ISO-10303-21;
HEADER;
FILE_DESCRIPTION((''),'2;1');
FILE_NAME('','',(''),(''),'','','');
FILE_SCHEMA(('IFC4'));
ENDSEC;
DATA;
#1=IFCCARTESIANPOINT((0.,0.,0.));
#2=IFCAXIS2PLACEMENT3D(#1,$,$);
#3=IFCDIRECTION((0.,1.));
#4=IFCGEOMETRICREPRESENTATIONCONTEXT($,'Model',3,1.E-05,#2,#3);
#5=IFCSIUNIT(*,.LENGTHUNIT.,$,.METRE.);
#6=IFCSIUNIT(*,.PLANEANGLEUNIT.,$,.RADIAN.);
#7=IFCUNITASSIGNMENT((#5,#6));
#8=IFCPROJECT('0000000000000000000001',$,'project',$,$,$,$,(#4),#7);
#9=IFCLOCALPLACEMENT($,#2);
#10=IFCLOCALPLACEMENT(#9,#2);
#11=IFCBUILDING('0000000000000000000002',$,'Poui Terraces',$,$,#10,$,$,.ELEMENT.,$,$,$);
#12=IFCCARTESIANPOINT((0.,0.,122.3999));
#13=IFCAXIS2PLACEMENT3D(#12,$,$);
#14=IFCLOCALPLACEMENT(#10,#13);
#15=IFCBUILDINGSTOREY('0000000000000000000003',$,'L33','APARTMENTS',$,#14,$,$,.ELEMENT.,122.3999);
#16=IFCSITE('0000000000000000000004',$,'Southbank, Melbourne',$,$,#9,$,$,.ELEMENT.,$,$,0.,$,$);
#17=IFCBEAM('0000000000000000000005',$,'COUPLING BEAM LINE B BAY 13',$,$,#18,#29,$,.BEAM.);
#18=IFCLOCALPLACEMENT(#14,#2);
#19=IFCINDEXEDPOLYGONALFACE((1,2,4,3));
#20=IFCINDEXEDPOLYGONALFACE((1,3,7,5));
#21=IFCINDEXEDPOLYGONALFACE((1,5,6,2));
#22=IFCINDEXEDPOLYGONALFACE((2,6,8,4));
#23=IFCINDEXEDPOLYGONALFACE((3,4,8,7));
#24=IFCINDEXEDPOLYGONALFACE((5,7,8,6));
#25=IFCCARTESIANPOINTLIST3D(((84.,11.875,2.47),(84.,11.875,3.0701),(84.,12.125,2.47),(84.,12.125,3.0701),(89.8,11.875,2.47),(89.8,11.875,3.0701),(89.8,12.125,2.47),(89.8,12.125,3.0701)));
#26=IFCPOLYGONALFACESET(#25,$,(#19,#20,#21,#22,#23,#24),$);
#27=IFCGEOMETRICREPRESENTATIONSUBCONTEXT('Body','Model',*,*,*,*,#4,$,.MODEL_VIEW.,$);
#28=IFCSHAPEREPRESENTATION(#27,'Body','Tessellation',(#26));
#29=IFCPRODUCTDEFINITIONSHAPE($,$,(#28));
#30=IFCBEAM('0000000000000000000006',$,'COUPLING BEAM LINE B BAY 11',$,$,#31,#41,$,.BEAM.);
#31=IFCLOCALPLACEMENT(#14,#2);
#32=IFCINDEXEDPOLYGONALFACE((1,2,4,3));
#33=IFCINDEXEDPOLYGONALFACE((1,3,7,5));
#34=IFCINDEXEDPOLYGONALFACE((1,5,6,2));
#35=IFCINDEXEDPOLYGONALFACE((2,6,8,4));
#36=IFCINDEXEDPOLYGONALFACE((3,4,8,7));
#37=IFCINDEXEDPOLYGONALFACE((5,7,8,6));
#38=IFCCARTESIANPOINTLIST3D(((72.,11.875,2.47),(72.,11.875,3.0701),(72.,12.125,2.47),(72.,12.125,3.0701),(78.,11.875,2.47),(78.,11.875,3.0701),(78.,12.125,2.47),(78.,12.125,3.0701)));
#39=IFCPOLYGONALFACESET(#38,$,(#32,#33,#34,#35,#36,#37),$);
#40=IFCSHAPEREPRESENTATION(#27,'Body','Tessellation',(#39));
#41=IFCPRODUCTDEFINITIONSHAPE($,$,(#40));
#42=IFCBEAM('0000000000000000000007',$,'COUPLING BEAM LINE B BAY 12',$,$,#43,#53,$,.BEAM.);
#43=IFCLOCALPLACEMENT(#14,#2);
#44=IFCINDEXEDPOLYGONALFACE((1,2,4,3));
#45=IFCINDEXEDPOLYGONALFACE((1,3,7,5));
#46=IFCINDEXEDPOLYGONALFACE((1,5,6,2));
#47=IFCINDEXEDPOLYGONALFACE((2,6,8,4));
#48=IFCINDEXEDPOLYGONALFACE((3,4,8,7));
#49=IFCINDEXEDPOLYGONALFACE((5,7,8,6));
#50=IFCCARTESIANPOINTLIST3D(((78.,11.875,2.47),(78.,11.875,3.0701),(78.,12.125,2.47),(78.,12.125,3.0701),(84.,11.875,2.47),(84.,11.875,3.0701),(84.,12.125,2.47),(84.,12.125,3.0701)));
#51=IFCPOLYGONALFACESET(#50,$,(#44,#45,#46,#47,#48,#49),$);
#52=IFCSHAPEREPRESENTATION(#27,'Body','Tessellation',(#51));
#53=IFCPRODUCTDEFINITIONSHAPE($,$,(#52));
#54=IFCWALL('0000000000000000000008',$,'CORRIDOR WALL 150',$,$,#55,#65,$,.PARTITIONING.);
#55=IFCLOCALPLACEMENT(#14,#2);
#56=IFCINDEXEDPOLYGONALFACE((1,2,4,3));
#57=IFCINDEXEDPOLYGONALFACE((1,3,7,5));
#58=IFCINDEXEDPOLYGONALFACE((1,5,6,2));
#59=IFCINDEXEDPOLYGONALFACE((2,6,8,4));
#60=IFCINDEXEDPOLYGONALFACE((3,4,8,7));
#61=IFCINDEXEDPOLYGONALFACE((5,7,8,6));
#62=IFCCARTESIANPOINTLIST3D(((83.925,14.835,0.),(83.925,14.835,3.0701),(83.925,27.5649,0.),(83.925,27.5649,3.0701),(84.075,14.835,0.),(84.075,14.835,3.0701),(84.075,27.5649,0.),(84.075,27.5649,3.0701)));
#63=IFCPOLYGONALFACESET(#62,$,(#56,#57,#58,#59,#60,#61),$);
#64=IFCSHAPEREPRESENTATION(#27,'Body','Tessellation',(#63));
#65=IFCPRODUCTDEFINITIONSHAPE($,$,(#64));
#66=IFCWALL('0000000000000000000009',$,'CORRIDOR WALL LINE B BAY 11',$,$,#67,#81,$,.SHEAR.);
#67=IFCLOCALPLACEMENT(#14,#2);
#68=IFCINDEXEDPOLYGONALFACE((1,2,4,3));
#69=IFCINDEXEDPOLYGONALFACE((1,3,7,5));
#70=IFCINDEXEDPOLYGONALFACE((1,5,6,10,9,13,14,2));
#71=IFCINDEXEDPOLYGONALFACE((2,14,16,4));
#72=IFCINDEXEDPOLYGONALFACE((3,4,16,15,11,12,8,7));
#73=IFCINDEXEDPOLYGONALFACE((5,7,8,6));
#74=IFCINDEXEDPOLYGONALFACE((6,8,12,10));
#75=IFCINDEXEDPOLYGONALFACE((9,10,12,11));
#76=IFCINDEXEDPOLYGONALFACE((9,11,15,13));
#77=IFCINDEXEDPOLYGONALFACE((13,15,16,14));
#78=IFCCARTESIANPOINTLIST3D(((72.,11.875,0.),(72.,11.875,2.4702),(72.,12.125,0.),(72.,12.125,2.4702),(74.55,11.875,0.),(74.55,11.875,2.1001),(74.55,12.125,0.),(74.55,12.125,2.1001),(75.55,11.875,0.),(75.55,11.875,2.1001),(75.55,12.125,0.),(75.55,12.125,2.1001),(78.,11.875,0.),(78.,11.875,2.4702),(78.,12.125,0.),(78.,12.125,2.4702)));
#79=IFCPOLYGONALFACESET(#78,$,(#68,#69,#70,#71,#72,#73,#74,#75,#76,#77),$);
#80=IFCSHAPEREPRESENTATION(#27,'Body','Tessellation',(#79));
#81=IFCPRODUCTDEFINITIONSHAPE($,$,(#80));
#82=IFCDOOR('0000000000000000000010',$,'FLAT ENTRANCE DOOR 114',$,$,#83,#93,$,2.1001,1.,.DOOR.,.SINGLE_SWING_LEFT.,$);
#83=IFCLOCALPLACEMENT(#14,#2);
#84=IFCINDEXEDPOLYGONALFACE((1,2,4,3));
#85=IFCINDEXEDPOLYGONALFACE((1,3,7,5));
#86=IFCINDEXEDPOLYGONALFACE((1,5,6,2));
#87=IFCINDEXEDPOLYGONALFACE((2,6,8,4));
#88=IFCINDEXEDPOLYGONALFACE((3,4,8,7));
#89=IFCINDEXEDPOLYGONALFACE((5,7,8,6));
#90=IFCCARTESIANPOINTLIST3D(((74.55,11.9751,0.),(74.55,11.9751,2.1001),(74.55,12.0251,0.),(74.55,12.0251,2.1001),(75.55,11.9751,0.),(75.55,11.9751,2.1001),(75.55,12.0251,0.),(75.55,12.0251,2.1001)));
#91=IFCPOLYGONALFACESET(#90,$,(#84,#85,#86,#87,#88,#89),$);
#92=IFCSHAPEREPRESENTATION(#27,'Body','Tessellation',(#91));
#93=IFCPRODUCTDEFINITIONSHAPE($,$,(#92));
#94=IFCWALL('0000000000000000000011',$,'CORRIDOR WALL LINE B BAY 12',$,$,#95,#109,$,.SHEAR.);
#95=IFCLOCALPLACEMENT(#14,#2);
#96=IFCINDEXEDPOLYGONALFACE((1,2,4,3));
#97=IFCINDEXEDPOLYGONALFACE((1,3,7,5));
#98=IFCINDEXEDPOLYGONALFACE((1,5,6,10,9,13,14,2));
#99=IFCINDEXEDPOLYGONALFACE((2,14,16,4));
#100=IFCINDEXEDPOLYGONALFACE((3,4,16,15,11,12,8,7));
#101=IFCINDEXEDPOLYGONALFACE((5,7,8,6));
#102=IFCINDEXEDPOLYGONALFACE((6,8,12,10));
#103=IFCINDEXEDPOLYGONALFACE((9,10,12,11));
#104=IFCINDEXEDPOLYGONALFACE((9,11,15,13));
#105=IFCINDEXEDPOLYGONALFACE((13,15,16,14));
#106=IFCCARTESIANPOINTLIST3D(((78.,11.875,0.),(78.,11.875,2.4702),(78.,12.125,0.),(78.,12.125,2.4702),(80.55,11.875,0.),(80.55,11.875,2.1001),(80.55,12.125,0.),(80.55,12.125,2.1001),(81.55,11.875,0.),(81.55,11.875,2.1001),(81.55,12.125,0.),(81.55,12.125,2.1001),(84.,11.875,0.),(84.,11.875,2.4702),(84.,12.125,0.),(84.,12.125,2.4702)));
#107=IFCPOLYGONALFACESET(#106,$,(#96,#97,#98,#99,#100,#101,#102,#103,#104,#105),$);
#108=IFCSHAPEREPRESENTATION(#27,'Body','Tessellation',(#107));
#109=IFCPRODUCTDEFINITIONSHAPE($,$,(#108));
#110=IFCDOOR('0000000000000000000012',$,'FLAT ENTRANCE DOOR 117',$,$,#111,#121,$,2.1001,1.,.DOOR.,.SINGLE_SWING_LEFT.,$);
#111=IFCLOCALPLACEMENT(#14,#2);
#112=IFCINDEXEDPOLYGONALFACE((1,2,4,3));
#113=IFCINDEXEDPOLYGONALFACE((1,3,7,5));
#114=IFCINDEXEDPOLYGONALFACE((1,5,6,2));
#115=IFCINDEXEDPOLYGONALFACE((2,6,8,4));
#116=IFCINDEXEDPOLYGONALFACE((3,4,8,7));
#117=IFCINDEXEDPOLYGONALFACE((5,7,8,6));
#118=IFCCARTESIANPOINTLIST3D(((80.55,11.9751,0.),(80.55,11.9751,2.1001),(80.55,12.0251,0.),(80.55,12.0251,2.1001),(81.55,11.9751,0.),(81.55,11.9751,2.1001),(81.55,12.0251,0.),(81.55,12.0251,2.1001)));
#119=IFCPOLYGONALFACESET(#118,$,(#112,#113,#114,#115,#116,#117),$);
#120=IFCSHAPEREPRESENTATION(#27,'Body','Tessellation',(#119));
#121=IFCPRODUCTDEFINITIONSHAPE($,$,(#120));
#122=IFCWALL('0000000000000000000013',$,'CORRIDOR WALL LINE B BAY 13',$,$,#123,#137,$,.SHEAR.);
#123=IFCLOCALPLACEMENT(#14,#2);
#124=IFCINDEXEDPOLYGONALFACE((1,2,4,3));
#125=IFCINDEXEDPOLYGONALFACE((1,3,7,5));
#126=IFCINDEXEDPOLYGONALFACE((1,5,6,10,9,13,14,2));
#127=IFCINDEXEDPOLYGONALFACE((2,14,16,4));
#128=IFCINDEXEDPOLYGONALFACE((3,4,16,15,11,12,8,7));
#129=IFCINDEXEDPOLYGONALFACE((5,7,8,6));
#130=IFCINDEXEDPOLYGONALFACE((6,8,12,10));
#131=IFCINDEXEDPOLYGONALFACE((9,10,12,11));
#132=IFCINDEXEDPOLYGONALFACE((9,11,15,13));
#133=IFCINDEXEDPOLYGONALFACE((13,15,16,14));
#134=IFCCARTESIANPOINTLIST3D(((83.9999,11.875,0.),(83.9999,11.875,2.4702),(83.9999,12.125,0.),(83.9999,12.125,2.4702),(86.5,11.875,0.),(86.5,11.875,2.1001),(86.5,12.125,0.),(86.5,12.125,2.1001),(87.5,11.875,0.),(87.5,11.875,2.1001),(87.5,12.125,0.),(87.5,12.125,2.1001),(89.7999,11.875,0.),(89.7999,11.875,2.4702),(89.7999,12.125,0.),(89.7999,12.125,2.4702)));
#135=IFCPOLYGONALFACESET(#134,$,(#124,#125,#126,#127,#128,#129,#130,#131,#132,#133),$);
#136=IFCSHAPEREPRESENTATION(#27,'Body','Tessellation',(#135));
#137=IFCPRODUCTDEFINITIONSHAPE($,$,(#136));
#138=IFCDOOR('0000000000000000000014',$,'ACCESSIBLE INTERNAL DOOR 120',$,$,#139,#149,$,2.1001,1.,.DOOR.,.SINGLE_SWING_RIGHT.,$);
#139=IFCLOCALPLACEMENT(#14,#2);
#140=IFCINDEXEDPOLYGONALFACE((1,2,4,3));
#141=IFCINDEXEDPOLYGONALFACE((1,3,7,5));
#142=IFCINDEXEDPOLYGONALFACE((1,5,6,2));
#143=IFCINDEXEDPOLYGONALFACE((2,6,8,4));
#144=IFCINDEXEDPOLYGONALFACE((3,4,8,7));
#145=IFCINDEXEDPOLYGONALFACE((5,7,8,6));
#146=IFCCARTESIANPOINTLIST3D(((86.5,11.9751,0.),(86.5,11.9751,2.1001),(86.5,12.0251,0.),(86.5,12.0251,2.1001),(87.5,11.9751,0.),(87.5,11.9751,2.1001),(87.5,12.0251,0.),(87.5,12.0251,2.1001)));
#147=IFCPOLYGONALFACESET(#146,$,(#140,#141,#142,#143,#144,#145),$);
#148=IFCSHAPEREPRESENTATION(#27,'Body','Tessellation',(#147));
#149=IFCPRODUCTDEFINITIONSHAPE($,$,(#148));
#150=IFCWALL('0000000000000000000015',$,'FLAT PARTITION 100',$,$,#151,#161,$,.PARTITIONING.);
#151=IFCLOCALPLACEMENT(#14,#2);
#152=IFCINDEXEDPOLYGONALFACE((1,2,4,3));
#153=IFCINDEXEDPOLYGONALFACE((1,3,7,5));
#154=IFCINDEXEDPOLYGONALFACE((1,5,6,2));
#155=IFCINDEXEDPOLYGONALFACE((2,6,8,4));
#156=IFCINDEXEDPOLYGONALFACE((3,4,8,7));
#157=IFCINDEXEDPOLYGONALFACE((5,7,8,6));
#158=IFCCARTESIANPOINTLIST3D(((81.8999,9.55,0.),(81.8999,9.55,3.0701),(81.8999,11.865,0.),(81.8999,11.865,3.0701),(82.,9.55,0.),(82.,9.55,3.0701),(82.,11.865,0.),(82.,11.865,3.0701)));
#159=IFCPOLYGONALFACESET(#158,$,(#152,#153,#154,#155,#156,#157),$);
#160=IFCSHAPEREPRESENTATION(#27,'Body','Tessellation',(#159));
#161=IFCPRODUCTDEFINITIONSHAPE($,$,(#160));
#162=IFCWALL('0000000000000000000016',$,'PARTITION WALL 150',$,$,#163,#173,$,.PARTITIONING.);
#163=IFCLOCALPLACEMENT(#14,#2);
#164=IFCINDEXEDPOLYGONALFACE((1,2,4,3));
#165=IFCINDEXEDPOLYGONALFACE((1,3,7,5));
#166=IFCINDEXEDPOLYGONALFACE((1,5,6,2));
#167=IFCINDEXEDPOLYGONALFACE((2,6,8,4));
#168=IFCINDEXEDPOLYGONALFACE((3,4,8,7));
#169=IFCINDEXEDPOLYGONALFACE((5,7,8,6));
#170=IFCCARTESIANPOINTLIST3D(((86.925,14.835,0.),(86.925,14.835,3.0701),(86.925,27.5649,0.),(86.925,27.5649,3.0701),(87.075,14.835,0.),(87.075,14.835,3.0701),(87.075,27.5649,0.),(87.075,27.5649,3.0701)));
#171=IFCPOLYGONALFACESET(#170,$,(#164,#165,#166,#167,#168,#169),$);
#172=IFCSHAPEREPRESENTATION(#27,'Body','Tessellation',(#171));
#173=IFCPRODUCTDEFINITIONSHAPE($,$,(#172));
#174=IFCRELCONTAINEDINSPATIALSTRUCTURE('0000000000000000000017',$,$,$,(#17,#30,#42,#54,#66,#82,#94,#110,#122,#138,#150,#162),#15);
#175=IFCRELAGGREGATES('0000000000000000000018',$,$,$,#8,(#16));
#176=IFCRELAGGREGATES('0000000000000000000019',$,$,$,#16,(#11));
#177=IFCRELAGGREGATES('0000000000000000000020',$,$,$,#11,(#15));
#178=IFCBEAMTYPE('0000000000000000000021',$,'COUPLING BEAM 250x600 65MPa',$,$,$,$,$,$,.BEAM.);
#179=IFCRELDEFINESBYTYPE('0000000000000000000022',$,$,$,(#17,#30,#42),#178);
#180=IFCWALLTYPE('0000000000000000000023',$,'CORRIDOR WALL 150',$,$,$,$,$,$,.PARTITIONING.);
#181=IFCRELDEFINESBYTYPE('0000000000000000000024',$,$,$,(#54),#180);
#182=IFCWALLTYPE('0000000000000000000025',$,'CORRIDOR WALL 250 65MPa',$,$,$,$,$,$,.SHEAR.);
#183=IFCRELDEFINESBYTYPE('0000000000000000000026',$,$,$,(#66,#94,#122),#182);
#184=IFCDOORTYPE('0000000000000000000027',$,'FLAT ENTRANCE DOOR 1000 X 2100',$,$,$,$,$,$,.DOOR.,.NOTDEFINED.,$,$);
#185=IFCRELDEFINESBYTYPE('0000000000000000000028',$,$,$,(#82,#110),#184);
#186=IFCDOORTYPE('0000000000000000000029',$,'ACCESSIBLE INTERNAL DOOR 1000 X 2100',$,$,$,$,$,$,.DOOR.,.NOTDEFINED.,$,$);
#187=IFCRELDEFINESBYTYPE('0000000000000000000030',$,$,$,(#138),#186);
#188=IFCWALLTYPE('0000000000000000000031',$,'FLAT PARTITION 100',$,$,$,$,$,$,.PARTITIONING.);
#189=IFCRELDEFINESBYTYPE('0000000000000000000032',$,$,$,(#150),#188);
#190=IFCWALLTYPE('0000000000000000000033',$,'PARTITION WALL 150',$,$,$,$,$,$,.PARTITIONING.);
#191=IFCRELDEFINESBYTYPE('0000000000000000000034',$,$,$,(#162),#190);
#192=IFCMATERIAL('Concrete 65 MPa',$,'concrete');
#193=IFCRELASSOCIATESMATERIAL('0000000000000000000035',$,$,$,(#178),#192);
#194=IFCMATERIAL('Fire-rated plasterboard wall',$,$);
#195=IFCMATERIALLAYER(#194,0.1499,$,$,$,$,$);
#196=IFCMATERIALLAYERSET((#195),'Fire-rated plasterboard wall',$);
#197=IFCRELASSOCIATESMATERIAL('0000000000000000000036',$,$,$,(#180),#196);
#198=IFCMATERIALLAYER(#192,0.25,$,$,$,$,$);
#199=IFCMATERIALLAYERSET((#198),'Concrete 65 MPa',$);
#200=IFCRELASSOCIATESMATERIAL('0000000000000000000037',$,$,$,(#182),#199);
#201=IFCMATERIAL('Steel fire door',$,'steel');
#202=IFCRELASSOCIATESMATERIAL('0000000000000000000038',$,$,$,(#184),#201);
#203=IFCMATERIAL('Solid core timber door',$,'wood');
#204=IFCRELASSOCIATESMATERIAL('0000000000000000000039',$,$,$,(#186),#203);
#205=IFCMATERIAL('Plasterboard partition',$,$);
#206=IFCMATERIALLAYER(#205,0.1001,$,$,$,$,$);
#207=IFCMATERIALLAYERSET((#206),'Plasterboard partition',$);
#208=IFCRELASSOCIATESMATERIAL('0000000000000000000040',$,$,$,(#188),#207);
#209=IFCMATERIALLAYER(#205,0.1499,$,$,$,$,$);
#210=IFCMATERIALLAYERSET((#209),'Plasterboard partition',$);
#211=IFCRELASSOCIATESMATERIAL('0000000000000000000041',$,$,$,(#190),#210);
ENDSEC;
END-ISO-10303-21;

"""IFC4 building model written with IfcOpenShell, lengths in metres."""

from ifc_helpers import new_model, si_unit, direction, frame, frame_2d, origin, origin_2d, place, context, subcontext, project, spatial, rectangle, extrude, source, transform, mapped, material, layer, layer_set, material_profile, profile_set, type_object, element, fill, save


model = new_model("IFC4")

# Units and contexts
model_context = context("Model", 3, precision=1e-05, world=origin(), true_north=direction((0.0, 1.0)))
body_context = subcontext(model_context, "Body", "Model", "MODEL_VIEW")
ifc_project = project(units=[si_unit("LENGTHUNIT", "METRE"), si_unit("PLANEANGLEUNIT", "RADIAN")], contexts=[model_context])

# Site, building, storey
site_placement = place(None, origin())
site = spatial("IfcSite", under=ifc_project, at=site_placement, Name="Southbank, Melbourne", CompositionType="ELEMENT", RefElevation=0.0)
building_placement = place(site_placement, origin())
building = spatial("IfcBuilding", under=site, at=building_placement, Name="Poui Terraces", CompositionType="ELEMENT")
storey_placement = place(building_placement, frame((0.0, 0.0, 122.3999)))
storey = spatial("IfcBuildingStorey", under=building, at=storey_placement, Name="L33", Description="APARTMENTS", CompositionType="ELEMENT", Elevation=122.3999)

# Beams
ifc_material_1 = material(Name="Concrete 65 MPa", Category="concrete")
ifc_material_profile = material_profile(ifc_material_1, rectangle(XDim=0.25, YDim=0.6001, at=origin_2d()), Name="RC 250x600")
ifc_profile_set = profile_set([ifc_material_profile], Name="Concrete 65 MPa")
beam_type = type_object("IfcBeamType", Name="COUPLING BEAM 250x600 65MPa", PredefinedType="BEAM", material=ifc_profile_set)
shared_shape_1 = source(origin(), body_context, "Body", "SweptSolid", [
    extrude(rectangle(XDim=0.25, YDim=0.6001, at=origin_2d()), origin(), (0.0, 0.0, 1.0), 5.8),
])
beam_placement = place(storey_placement, frame((84.0, 12.0, 2.77), z_axis=(1.0, 0.0, 0.0), x_axis=(0.0, 1.0, 0.0)))
element("IfcBeam", 1, at=beam_placement, inside=storey, type_object=beam_type, Name="COUPLING BEAM LINE B BAY 13", PredefinedType="BEAM", context=body_context, shape_type="MappedRepresentation", body=[
    mapped(shared_shape_1, transform((0.0, 0.0, 0.0))),
])
shared_shape_2 = source(origin(), body_context, "Body", "SweptSolid", [
    extrude(rectangle(XDim=0.25, YDim=0.6001, at=origin_2d()), origin(), (0.0, 0.0, 1.0), 6.0),
])
for number, where, z_axis, x_axis, name in (
    (2, (72.0, 12.0, 2.77), (1.0, 0.0, 0.0), (0.0, 1.0, 0.0), "COUPLING BEAM LINE B BAY 11"),
    (3, (78.0, 12.0, 2.77), (1.0, 0.0, 0.0), (0.0, 1.0, 0.0), "COUPLING BEAM LINE B BAY 12"),
):
    element("IfcBeam", number, at=place(storey_placement, frame(where, z_axis=z_axis, x_axis=x_axis)), inside=storey, type_object=beam_type, Name=name, PredefinedType="BEAM", context=body_context, shape_type="MappedRepresentation", body=[
        mapped(shared_shape_2, transform((0.0, 0.0, 0.0))),
    ])

# Wall
ifc_material_2 = material(Name="Fire-rated plasterboard wall")
ifc_layer_1 = layer(ifc_material_2, 0.1499)
ifc_layer_set_1 = layer_set([ifc_layer_1], Name="Fire-rated plasterboard wall")
wall_type_1 = type_object("IfcWallType", Name="CORRIDOR WALL 150", PredefinedType="PARTITIONING", material=ifc_layer_set_1)
wall_1_placement = place(storey_placement, frame((84.0, 14.835, 0.0), z_axis=(0.0, 0.0, 1.0), x_axis=(0.0, 1.0, 0.0)))
element("IfcWall", 4, at=wall_1_placement, inside=storey, type_object=wall_type_1, Name="CORRIDOR WALL 150", PredefinedType="PARTITIONING", context=body_context, shape_type="SweptSolid", body=[
    extrude(rectangle(XDim=12.73, YDim=0.1499, at=frame_2d((6.365, 0.0))), origin(), (0.0, 0.0, 1.0), 3.0701),
])

# Walls, openings, doors
ifc_layer_2 = layer(ifc_material_1, 0.25)
ifc_layer_set_2 = layer_set([ifc_layer_2], Name="Concrete 65 MPa")
wall_type_2 = type_object("IfcWallType", Name="CORRIDOR WALL 250 65MPa", PredefinedType="SHEAR", material=ifc_layer_set_2)
wall_2_placement = place(storey_placement, frame((72.0, 12.0, 0.0), z_axis=(0.0, 0.0, 1.0), x_axis=(1.0, 0.0, 0.0)))
wall_2 = element("IfcWall", 5, at=wall_2_placement, inside=storey, type_object=wall_type_2, Name="CORRIDOR WALL LINE B BAY 11", PredefinedType="SHEAR", context=body_context, shape_type="SweptSolid", body=[
    extrude(rectangle(XDim=6.0, YDim=0.25, at=frame_2d((3.0, 0.0))), origin(), (0.0, 0.0, 1.0), 2.4702),
])
opening_1_placement = place(wall_2_placement, frame((2.55, 0.0, 0.0)))
opening_1 = element("IfcOpeningElement", 6, at=opening_1_placement, cuts=wall_2, PredefinedType="OPENING", context=body_context, shape_type="SweptSolid", body=[
    extrude(rectangle(XDim=1.0, YDim=2.1001, at=frame_2d((0.5, 1.05))), frame((0.0, 0.135, 0.0), z_axis=(0.0, -1.0, 0.0), x_axis=(1.0, 0.0, 0.0)), (0.0, 0.0, 1.0), 0.27),
])
ifc_material_3 = material(Name="Steel fire door", Category="steel")
door_type_1 = type_object("IfcDoorType", Name="FLAT ENTRANCE DOOR 1000 X 2100", OperationType="NOTDEFINED", PredefinedType="DOOR", material=ifc_material_3)
door_1_placement = place(opening_1_placement, frame((1.0, 0.0, 0.0), z_axis=(0.0, 0.0, 1.0), x_axis=(-1.0, 0.0, 0.0)))
door_1 = element("IfcDoor", 7, at=door_1_placement, inside=storey, type_object=door_type_1, Name="FLAT ENTRANCE DOOR 114", OperationType="SINGLE_SWING_LEFT", OverallHeight=2.1001, OverallWidth=1.0, PredefinedType="DOOR", context=body_context, shape_type="SweptSolid", body=[
    extrude(rectangle(XDim=1.0, YDim=2.1001, at=frame_2d((0.5, 1.05))), frame((0.0, 0.0249, 0.0), z_axis=(0.0, -1.0, 0.0), x_axis=(1.0, 0.0, 0.0)), (0.0, 0.0, 1.0), 0.05),
])
fill(opening_1, door_1)
wall_3_placement = place(storey_placement, frame((78.0, 12.0, 0.0), z_axis=(0.0, 0.0, 1.0), x_axis=(1.0, 0.0, 0.0)))
wall_3 = element("IfcWall", 8, at=wall_3_placement, inside=storey, type_object=wall_type_2, Name="CORRIDOR WALL LINE B BAY 12", PredefinedType="SHEAR", context=body_context, shape_type="SweptSolid", body=[
    extrude(rectangle(XDim=6.0, YDim=0.25, at=frame_2d((3.0, 0.0))), origin(), (0.0, 0.0, 1.0), 2.4702),
])
opening_2_placement = place(wall_3_placement, frame((2.55, 0.0, 0.0)))
opening_2 = element("IfcOpeningElement", 9, at=opening_2_placement, cuts=wall_3, PredefinedType="OPENING", context=body_context, shape_type="SweptSolid", body=[
    extrude(rectangle(XDim=1.0, YDim=2.1001, at=frame_2d((0.5, 1.05))), frame((0.0, 0.135, 0.0), z_axis=(0.0, -1.0, 0.0), x_axis=(1.0, 0.0, 0.0)), (0.0, 0.0, 1.0), 0.27),
])
door_2_placement = place(opening_2_placement, frame((1.0, 0.0, 0.0), z_axis=(0.0, 0.0, 1.0), x_axis=(-1.0, 0.0, 0.0)))
door_2 = element("IfcDoor", 10, at=door_2_placement, inside=storey, type_object=door_type_1, Name="FLAT ENTRANCE DOOR 117", OperationType="SINGLE_SWING_LEFT", OverallHeight=2.1001, OverallWidth=1.0, PredefinedType="DOOR", context=body_context, shape_type="SweptSolid", body=[
    extrude(rectangle(XDim=1.0, YDim=2.1001, at=frame_2d((0.5, 1.05))), frame((0.0, 0.0249, 0.0), z_axis=(0.0, -1.0, 0.0), x_axis=(1.0, 0.0, 0.0)), (0.0, 0.0, 1.0), 0.05),
])
fill(opening_2, door_2)
wall_4_placement = place(storey_placement, frame((84.0, 12.0, 0.0), z_axis=(0.0, 0.0, 1.0), x_axis=(1.0, 0.0, 0.0)))
wall_4 = element("IfcWall", 11, at=wall_4_placement, inside=storey, type_object=wall_type_2, Name="CORRIDOR WALL LINE B BAY 13", PredefinedType="SHEAR", context=body_context, shape_type="SweptSolid", body=[
    extrude(rectangle(XDim=5.8, YDim=0.25, at=frame_2d((2.8999, 0.0))), origin(), (0.0, 0.0, 1.0), 2.4702),
])
opening_3_placement = place(wall_4_placement, frame((2.5, 0.0, 0.0)))
opening_3 = element("IfcOpeningElement", 12, at=opening_3_placement, cuts=wall_4, PredefinedType="OPENING", context=body_context, shape_type="SweptSolid", body=[
    extrude(rectangle(XDim=1.0, YDim=2.1001, at=frame_2d((0.5, 1.05))), frame((0.0, 0.135, 0.0), z_axis=(0.0, -1.0, 0.0), x_axis=(1.0, 0.0, 0.0)), (0.0, 0.0, 1.0), 0.27),
])
ifc_material_4 = material(Name="Solid core timber door", Category="wood")
door_type_2 = type_object("IfcDoorType", Name="ACCESSIBLE INTERNAL DOOR 1000 X 2100", OperationType="NOTDEFINED", PredefinedType="DOOR", material=ifc_material_4)
door_3_placement = place(opening_3_placement, frame((1.0, 0.0, 0.0), z_axis=(0.0, 0.0, 1.0), x_axis=(-1.0, 0.0, 0.0)))
door_3 = element("IfcDoor", 13, at=door_3_placement, inside=storey, type_object=door_type_2, Name="ACCESSIBLE INTERNAL DOOR 120", OperationType="SINGLE_SWING_RIGHT", OverallHeight=2.1001, OverallWidth=1.0, PredefinedType="DOOR", context=body_context, shape_type="SweptSolid", body=[
    extrude(rectangle(XDim=1.0, YDim=2.1001, at=frame_2d((0.5, 1.05))), frame((0.0, 0.0249, 0.0), z_axis=(0.0, -1.0, 0.0), x_axis=(1.0, 0.0, 0.0)), (0.0, 0.0, 1.0), 0.05),
])
fill(opening_3, door_3)

# Walls
ifc_material_5 = material(Name="Plasterboard partition")
ifc_layer_3 = layer(ifc_material_5, 0.1001)
ifc_layer_set_3 = layer_set([ifc_layer_3], Name="Plasterboard partition")
wall_type_3 = type_object("IfcWallType", Name="FLAT PARTITION 100", PredefinedType="PARTITIONING", material=ifc_layer_set_3)
wall_5_placement = place(storey_placement, frame((81.95, 9.55, 0.0), z_axis=(0.0, 0.0, 1.0), x_axis=(0.0, 1.0, 0.0)))
element("IfcWall", 14, at=wall_5_placement, inside=storey, type_object=wall_type_3, Name="FLAT PARTITION 100", PredefinedType="PARTITIONING", context=body_context, shape_type="SweptSolid", body=[
    extrude(rectangle(XDim=2.3149, YDim=0.1001, at=frame_2d((1.1575, 0.0))), origin(), (0.0, 0.0, 1.0), 3.0701),
])
ifc_layer_4 = layer(ifc_material_5, 0.1499)
ifc_layer_set_4 = layer_set([ifc_layer_4], Name="Plasterboard partition")
wall_type_4 = type_object("IfcWallType", Name="PARTITION WALL 150", PredefinedType="PARTITIONING", material=ifc_layer_set_4)
wall_6_placement = place(storey_placement, frame((87.0, 14.835, 0.0), z_axis=(0.0, 0.0, 1.0), x_axis=(0.0, 1.0, 0.0)))
element("IfcWall", 15, at=wall_6_placement, inside=storey, type_object=wall_type_4, Name="PARTITION WALL 150", PredefinedType="PARTITIONING", context=body_context, shape_type="SweptSolid", body=[
    extrude(rectangle(XDim=12.73, YDim=0.1499, at=frame_2d((6.365, 0.0))), origin(), (0.0, 0.0, 1.0), 3.0701),
])

save(model, "model.ifc")
